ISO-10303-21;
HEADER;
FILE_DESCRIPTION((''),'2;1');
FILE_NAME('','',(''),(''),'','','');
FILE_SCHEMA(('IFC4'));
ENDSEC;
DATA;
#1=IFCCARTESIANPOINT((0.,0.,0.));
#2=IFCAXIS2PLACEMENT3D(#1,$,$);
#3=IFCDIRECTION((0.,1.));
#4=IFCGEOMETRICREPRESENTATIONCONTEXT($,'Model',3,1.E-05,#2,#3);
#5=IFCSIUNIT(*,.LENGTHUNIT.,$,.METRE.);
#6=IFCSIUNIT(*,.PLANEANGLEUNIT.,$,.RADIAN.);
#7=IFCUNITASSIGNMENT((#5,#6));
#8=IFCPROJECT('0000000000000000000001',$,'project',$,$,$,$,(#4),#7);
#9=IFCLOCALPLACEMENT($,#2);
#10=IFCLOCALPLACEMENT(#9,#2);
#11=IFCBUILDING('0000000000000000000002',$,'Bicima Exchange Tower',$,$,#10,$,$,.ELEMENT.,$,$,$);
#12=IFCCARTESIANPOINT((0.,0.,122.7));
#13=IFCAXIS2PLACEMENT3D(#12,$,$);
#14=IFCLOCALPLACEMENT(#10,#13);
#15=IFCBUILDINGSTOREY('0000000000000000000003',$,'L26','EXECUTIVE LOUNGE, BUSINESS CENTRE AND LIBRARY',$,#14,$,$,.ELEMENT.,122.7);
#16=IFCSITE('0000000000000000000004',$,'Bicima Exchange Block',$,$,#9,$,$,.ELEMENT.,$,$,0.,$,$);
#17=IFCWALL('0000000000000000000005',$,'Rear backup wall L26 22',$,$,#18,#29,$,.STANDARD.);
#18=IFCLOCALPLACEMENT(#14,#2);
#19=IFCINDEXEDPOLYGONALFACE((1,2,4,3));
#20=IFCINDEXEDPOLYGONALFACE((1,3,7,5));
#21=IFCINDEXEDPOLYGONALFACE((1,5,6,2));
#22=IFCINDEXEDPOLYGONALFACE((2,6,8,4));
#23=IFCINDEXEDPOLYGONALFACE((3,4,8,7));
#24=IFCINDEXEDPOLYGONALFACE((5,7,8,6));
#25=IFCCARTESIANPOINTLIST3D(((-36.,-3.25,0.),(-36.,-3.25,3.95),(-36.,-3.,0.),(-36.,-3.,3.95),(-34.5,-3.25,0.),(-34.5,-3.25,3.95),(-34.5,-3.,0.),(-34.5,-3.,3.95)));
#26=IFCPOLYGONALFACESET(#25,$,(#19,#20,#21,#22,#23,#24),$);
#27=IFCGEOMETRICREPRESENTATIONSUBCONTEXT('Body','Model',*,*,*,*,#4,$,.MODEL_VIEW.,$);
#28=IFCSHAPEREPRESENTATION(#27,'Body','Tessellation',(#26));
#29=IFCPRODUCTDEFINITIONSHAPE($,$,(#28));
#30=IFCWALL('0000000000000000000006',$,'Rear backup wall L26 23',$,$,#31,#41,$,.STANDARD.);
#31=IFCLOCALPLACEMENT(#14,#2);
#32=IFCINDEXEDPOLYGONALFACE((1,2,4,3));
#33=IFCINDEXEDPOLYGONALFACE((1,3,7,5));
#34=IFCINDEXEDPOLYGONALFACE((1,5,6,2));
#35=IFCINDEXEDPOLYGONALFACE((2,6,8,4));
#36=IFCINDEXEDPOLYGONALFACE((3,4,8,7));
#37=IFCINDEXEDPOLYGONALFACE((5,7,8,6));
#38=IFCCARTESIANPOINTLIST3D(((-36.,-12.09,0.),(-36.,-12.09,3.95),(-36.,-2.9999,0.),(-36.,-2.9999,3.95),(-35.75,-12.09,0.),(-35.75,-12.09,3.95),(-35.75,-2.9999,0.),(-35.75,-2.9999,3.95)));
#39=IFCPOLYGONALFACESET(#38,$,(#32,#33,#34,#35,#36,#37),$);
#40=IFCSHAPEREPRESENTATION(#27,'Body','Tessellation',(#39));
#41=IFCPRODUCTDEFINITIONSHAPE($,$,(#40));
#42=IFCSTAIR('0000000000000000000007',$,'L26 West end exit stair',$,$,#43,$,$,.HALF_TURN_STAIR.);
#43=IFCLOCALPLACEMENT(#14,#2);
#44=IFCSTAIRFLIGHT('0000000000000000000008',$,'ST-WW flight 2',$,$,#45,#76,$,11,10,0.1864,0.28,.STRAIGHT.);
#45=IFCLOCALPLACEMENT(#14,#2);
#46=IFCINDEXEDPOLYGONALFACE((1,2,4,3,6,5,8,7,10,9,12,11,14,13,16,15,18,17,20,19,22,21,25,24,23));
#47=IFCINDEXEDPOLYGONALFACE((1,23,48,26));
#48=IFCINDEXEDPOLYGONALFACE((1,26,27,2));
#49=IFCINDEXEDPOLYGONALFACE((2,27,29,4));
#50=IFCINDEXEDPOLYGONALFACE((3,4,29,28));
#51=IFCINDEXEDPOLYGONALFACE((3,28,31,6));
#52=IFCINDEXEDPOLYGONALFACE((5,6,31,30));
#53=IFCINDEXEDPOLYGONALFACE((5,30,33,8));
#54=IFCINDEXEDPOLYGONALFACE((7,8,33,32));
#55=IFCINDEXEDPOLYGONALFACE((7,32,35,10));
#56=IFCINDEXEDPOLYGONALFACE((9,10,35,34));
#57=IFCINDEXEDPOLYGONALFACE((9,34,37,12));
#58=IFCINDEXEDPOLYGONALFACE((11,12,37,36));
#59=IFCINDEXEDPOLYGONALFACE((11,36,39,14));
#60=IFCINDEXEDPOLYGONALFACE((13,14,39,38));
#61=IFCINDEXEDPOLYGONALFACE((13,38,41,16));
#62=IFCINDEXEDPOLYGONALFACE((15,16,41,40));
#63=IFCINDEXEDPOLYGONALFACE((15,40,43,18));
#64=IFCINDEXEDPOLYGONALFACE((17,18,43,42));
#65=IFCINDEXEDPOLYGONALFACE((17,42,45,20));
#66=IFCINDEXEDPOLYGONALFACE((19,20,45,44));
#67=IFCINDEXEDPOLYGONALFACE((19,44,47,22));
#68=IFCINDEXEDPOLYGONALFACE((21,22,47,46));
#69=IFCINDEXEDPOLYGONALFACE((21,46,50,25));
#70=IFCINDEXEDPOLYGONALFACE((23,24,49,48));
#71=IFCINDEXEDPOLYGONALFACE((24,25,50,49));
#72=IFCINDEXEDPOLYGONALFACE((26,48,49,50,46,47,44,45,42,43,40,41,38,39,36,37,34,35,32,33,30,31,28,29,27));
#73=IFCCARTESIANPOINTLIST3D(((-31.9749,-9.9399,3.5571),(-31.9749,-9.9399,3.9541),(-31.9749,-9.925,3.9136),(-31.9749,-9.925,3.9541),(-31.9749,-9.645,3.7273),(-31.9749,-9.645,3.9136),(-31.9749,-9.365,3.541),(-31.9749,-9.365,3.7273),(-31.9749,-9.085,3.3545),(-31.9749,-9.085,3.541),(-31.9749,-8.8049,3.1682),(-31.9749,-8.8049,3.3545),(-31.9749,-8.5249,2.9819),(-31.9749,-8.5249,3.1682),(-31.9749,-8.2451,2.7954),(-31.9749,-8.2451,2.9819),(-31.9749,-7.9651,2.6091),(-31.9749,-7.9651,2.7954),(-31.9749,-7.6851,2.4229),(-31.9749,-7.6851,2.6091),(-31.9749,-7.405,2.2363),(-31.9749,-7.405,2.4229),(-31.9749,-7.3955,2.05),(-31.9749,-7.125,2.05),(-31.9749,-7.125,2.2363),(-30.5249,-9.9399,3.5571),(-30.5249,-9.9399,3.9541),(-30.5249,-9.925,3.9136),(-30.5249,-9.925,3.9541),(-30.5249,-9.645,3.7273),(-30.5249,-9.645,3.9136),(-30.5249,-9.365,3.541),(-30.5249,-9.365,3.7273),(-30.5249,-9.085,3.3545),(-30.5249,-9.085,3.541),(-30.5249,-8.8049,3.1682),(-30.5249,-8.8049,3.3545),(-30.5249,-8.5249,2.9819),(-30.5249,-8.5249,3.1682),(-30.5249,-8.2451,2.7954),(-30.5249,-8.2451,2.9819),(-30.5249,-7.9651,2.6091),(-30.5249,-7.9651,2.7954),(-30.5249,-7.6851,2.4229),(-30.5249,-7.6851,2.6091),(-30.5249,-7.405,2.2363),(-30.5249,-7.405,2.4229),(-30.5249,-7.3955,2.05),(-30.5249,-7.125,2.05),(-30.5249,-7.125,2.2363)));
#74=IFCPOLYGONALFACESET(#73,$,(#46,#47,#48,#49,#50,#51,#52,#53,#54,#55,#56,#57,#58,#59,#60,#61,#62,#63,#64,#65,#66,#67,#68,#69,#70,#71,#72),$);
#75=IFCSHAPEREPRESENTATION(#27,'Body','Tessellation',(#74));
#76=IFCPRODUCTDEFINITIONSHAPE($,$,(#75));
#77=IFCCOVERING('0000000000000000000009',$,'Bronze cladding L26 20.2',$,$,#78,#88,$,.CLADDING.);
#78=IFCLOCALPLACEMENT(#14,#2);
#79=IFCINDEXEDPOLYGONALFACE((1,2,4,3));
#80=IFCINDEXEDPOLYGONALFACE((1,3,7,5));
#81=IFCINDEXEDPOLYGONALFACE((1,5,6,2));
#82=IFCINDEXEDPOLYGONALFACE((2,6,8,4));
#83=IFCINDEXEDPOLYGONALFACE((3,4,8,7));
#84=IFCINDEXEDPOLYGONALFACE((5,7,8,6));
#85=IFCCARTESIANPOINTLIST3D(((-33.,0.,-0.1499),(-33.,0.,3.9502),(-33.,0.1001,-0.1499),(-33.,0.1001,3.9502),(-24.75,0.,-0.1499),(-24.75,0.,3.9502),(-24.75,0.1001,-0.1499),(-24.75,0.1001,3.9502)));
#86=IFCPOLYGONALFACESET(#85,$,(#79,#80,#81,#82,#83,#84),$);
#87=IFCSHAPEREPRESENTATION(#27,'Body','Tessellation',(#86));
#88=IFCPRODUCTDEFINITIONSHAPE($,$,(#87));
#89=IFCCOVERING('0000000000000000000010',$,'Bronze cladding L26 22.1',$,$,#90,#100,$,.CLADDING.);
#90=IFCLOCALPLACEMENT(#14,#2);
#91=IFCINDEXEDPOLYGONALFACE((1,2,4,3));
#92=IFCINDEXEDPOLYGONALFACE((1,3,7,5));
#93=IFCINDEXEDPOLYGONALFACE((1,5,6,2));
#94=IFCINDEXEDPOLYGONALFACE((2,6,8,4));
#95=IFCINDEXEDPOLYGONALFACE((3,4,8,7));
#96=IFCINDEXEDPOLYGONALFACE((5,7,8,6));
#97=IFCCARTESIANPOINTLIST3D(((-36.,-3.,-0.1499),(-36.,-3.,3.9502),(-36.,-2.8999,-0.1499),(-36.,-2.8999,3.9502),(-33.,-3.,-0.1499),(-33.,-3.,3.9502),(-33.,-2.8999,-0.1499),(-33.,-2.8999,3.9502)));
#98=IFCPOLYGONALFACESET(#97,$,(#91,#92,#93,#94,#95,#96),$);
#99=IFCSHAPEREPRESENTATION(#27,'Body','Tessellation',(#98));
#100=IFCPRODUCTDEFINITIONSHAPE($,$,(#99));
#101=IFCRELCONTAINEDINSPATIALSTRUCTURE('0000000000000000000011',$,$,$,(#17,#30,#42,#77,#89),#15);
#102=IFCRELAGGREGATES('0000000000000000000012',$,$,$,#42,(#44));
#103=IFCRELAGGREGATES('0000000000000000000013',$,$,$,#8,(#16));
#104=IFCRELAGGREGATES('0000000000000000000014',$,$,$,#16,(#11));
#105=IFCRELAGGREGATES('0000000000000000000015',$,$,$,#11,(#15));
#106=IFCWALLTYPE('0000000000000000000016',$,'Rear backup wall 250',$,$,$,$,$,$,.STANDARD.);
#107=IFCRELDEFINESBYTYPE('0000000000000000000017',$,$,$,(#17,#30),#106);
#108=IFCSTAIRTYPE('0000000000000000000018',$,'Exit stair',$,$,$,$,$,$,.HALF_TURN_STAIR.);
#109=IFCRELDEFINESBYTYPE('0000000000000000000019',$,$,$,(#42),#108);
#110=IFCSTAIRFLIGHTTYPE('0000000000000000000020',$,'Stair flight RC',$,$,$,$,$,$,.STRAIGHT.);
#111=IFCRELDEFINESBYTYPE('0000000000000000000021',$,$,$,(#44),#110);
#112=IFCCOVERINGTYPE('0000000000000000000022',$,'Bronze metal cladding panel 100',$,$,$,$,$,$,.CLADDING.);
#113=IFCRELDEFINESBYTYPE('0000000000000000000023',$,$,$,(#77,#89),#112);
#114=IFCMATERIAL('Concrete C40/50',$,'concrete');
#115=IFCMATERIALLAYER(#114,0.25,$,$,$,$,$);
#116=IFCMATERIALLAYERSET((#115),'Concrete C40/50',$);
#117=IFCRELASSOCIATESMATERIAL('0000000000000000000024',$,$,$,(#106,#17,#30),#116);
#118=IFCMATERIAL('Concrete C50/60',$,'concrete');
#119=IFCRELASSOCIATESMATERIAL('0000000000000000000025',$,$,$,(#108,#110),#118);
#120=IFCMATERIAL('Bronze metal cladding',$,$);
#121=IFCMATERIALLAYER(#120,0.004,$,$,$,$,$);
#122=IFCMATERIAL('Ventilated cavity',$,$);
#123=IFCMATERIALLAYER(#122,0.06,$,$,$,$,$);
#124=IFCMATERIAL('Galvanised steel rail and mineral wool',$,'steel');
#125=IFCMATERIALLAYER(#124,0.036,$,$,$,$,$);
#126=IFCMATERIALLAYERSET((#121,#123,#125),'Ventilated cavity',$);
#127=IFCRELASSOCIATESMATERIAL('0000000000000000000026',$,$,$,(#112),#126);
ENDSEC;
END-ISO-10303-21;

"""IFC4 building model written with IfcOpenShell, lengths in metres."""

from ifc_helpers import new_model, si_unit, direction, frame, frame_2d, origin, origin_2d, place, context, subcontext, project, spatial, polyline, rectangle, outline, extrude, material, layer, layer_set, layer_usage, type_object, element, aggregate, save


model = new_model("IFC4")

# Units and contexts
model_context = context("Model", 3, precision=1e-05, world=origin(), true_north=direction((0.0, 1.0)))
body_context = subcontext(model_context, "Body", "Model", "MODEL_VIEW")
ifc_project = project(units=[si_unit("LENGTHUNIT", "METRE"), si_unit("PLANEANGLEUNIT", "RADIAN")], contexts=[model_context])

# Site, building, storey
site_placement = place(None, origin())
site = spatial("IfcSite", under=ifc_project, at=site_placement, Name="Bicima Exchange Block", CompositionType="ELEMENT", RefElevation=0.0)
building_placement = place(site_placement, origin())
building = spatial("IfcBuilding", under=site, at=building_placement, Name="Bicima Exchange Tower", CompositionType="ELEMENT")
storey_placement = place(building_placement, frame((0.0, 0.0, 122.7)))
storey = spatial("IfcBuildingStorey", under=building, at=storey_placement, Name="L26", Description="EXECUTIVE LOUNGE, BUSINESS CENTRE AND LIBRARY", CompositionType="ELEMENT", Elevation=122.7)

# Walls
ifc_material_1 = material(Name="Concrete C50/60", Category="concrete")
ifc_material_2 = material(Name="Concrete C40/50", Category="concrete")
ifc_layer_1 = layer(ifc_material_2, 0.25)
ifc_layer_set_1 = layer_set([ifc_layer_1], Name="Concrete C40/50")
ifc_layer_usage = layer_usage(ifc_layer_set_1, "AXIS2", "POSITIVE", -0.125)
wall_type_1 = type_object("IfcWallType", Name="Rear backup wall 250", PredefinedType="STANDARD", material=ifc_layer_set_1)
wall_1_placement = place(storey_placement, frame((-34.5, -3.125, 0.0), z_axis=(0.0, 0.0, 1.0), x_axis=(-1.0, 0.0, 0.0)))
element("IfcWall", 1, at=wall_1_placement, inside=storey, type_object=wall_type_1, material=ifc_layer_usage, Name="Rear backup wall L26 22", PredefinedType="STANDARD", context=body_context, shape_type="SweptSolid", body=[
    extrude(rectangle(XDim=1.5, YDim=0.25, at=frame_2d((0.75, 0.0))), origin(), (0.0, 0.0, 1.0), 3.95),
])
wall_2_placement = place(storey_placement, frame((-35.875, -3.0, 0.0), z_axis=(0.0, 0.0, 1.0), x_axis=(0.0, -1.0, 0.0)))
element("IfcWall", 2, at=wall_2_placement, inside=storey, type_object=wall_type_1, material=ifc_layer_usage, Name="Rear backup wall L26 23", PredefinedType="STANDARD", context=body_context, shape_type="SweptSolid", body=[
    extrude(rectangle(XDim=9.0901, YDim=0.25, at=frame_2d((4.5449, 0.0))), origin(), (0.0, 0.0, 1.0), 3.95),
])

# Stair, stair flight
stair_type = type_object("IfcStairType", Name="Exit stair", PredefinedType="HALF_TURN_STAIR", material=ifc_material_1)
stair_placement = place(storey_placement, origin())
stair = element("IfcStair", 3, at=stair_placement, inside=storey, type_object=stair_type, Name="L26 West end exit stair", PredefinedType="HALF_TURN_STAIR")
stair_flight_type = type_object("IfcStairFlightType", Name="Stair flight RC", PredefinedType="STRAIGHT", material=ifc_material_1)
stair_flight_placement = place(storey_placement, frame((-31.25, -7.125, 2.05), z_axis=(0.0, 0.0, 1.0), x_axis=(0.0, -1.0, 0.0)))
stair_flight = element("IfcStairFlight", 4, at=stair_flight_placement, type_object=stair_flight_type, Name="ST-WW flight 2", NumberOfRisers=11, NumberOfTreads=10, PredefinedType="STRAIGHT", RiserHeight=0.1864, TreadLength=0.28, context=body_context, shape_type="SweptSolid", body=[
    extrude(outline(polyline([(0.0, 0.0), (0.0, 0.1863), (0.28, 0.1863), (0.28, 0.3728), (0.5601, 0.3728), (0.5601, 0.5591), (0.8401, 0.5591), (0.8401, 0.7454), (1.1201, 0.7454), (1.1201, 0.9319), (1.3999, 0.9319), (1.3999, 1.1182), (1.6799, 1.1182), (1.6799, 1.3044), (1.96, 1.3044), (1.96, 1.491), (2.24, 1.491), (2.24, 1.6772), (2.52, 1.6772), (2.52, 1.8635), (2.8, 1.8635), (2.8, 1.9041), (2.8149, 1.9041), (2.8149, 1.5071), (0.2705, 0.0), (0.0, 0.0)])), frame((0.0, 0.7251, 0.0), z_axis=(0.0, -1.0, 0.0), x_axis=(1.0, 0.0, 0.0)), (0.0, 0.0, 1.0), 1.45),
])
aggregate(stair, [stair_flight])

# Coverings
ifc_material_3 = material(Name="Bronze metal cladding")
ifc_layer_2 = layer(ifc_material_3, 0.004)
ifc_material_4 = material(Name="Ventilated cavity")
ifc_layer_3 = layer(ifc_material_4, 0.06)
ifc_material_5 = material(Name="Galvanised steel rail and mineral wool", Category="steel")
ifc_layer_4 = layer(ifc_material_5, 0.036)
ifc_layer_set_2 = layer_set([ifc_layer_2, ifc_layer_3, ifc_layer_4], Name="Ventilated cavity")
covering_type = type_object("IfcCoveringType", Name="Bronze metal cladding panel 100", PredefinedType="CLADDING", material=ifc_layer_set_2)
covering_1_placement = place(storey_placement, frame((-28.875, 0.05, -0.1499), z_axis=(0.0, 0.0, 1.0), x_axis=(-1.0, 0.0, 0.0)))
element("IfcCovering", 5, at=covering_1_placement, inside=storey, type_object=covering_type, Name="Bronze cladding L26 20.2", PredefinedType="CLADDING", context=body_context, shape_type="SweptSolid", body=[
    extrude(rectangle(XDim=8.25, YDim=0.1001, at=origin_2d()), origin(), (0.0, 0.0, 1.0), 4.1001),
])
covering_2_placement = place(storey_placement, frame((-34.5, -2.95, -0.1499), z_axis=(0.0, 0.0, 1.0), x_axis=(-1.0, 0.0, 0.0)))
element("IfcCovering", 6, at=covering_2_placement, inside=storey, type_object=covering_type, Name="Bronze cladding L26 22.1", PredefinedType="CLADDING", context=body_context, shape_type="SweptSolid", body=[
    extrude(rectangle(XDim=3.0, YDim=0.1001, at=origin_2d()), origin(), (0.0, 0.0, 1.0), 4.1001),
])

save(model, "model.ifc")
